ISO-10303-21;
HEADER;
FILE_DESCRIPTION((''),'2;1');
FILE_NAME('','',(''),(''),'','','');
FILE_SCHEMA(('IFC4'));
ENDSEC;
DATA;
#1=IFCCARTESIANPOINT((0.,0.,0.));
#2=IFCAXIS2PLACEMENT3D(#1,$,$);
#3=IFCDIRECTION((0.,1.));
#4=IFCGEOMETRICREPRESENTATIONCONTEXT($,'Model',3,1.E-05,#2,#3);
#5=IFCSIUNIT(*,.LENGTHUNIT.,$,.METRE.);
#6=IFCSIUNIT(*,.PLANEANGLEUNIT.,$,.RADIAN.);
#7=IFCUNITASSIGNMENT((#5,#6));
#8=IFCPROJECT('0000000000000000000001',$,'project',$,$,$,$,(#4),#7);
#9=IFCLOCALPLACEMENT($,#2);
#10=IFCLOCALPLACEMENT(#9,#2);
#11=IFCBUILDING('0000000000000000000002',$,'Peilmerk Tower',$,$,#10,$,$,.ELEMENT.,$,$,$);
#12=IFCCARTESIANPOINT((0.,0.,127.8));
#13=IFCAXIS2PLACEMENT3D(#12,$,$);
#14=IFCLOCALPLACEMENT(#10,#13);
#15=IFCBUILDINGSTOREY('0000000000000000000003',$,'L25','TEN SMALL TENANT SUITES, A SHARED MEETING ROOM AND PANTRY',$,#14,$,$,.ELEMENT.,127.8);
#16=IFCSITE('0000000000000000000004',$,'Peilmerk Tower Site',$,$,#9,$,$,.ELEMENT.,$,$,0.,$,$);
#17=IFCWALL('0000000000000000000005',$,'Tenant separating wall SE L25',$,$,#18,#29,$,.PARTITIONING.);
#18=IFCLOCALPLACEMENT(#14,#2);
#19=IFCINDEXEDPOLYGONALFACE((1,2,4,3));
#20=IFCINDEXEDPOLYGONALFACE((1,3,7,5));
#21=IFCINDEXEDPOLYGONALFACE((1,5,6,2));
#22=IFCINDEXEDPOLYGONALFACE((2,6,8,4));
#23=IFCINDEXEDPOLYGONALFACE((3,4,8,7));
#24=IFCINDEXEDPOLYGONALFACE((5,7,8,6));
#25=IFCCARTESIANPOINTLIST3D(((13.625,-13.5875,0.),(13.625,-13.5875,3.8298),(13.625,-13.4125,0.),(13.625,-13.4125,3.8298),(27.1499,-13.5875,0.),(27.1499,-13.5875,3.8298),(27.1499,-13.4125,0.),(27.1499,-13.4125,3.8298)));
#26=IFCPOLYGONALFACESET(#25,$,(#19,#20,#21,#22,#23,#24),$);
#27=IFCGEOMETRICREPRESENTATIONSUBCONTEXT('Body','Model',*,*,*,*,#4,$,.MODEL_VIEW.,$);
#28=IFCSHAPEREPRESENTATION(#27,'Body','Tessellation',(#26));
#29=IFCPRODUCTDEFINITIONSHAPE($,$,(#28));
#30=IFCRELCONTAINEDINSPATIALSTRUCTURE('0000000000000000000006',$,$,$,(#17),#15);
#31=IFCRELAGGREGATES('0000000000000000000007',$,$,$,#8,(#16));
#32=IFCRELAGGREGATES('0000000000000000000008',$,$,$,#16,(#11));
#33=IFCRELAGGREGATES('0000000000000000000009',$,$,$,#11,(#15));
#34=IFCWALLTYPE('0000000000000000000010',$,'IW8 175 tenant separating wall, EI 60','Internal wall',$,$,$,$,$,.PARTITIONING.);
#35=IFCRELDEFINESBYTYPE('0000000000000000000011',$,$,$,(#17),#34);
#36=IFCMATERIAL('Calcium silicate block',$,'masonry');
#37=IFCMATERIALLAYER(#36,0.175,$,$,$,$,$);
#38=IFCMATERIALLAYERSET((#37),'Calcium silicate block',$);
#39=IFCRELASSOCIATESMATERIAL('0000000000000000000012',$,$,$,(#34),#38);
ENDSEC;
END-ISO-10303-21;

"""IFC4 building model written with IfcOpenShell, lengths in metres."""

from ifc_helpers import new_model, si_unit, direction, frame, frame_2d, origin, place, context, subcontext, project, spatial, rectangle, extrude, material, layer, layer_set, type_object, element, save


model = new_model("IFC4")

# Units and contexts
model_context = context("Model", 3, precision=1e-05, world=origin(), true_north=direction((0.0, 1.0)))
body_context = subcontext(model_context, "Body", "Model", "MODEL_VIEW")
ifc_project = project(units=[si_unit("LENGTHUNIT", "METRE"), si_unit("PLANEANGLEUNIT", "RADIAN")], contexts=[model_context])

# Site, building, storey
site_placement = place(None, origin())
site = spatial("IfcSite", under=ifc_project, at=site_placement, Name="Peilmerk Tower Site", CompositionType="ELEMENT", RefElevation=0.0)
building_placement = place(site_placement, origin())
building = spatial("IfcBuilding", under=site, at=building_placement, Name="Peilmerk Tower", CompositionType="ELEMENT")
storey_placement = place(building_placement, frame((0.0, 0.0, 127.8)))
storey = spatial("IfcBuildingStorey", under=building, at=storey_placement, Name="L25", Description="TEN SMALL TENANT SUITES, A SHARED MEETING ROOM AND PANTRY", CompositionType="ELEMENT", Elevation=127.8)

# Wall
ifc_material_1 = material(Name="Calcium silicate block", Category="masonry")
ifc_layer_1 = layer(ifc_material_1, 0.175)
ifc_layer_set_1 = layer_set([ifc_layer_1], Name="Calcium silicate block")
wall_type_1 = type_object("IfcWallType", Name="IW8 175 tenant separating wall, EI 60", Description="Internal wall", PredefinedType="PARTITIONING", material=ifc_layer_set_1)
wall_1_placement = place(storey_placement, frame((27.1499, -13.5, 0.0), z_axis=(0.0, 0.0, 1.0), x_axis=(-1.0, 0.0, 0.0)))
element("IfcWall", 1, at=wall_1_placement, inside=storey, type_object=wall_type_1, Name="Tenant separating wall SE L25", PredefinedType="PARTITIONING", context=body_context, shape_type="SweptSolid", body=[
    extrude(rectangle(XDim=13.5249, YDim=0.175, at=frame_2d((6.7625, 0.0))), origin(), (0.0, 0.0, 1.0), 3.8298),
])

save(model, "model.ifc")
